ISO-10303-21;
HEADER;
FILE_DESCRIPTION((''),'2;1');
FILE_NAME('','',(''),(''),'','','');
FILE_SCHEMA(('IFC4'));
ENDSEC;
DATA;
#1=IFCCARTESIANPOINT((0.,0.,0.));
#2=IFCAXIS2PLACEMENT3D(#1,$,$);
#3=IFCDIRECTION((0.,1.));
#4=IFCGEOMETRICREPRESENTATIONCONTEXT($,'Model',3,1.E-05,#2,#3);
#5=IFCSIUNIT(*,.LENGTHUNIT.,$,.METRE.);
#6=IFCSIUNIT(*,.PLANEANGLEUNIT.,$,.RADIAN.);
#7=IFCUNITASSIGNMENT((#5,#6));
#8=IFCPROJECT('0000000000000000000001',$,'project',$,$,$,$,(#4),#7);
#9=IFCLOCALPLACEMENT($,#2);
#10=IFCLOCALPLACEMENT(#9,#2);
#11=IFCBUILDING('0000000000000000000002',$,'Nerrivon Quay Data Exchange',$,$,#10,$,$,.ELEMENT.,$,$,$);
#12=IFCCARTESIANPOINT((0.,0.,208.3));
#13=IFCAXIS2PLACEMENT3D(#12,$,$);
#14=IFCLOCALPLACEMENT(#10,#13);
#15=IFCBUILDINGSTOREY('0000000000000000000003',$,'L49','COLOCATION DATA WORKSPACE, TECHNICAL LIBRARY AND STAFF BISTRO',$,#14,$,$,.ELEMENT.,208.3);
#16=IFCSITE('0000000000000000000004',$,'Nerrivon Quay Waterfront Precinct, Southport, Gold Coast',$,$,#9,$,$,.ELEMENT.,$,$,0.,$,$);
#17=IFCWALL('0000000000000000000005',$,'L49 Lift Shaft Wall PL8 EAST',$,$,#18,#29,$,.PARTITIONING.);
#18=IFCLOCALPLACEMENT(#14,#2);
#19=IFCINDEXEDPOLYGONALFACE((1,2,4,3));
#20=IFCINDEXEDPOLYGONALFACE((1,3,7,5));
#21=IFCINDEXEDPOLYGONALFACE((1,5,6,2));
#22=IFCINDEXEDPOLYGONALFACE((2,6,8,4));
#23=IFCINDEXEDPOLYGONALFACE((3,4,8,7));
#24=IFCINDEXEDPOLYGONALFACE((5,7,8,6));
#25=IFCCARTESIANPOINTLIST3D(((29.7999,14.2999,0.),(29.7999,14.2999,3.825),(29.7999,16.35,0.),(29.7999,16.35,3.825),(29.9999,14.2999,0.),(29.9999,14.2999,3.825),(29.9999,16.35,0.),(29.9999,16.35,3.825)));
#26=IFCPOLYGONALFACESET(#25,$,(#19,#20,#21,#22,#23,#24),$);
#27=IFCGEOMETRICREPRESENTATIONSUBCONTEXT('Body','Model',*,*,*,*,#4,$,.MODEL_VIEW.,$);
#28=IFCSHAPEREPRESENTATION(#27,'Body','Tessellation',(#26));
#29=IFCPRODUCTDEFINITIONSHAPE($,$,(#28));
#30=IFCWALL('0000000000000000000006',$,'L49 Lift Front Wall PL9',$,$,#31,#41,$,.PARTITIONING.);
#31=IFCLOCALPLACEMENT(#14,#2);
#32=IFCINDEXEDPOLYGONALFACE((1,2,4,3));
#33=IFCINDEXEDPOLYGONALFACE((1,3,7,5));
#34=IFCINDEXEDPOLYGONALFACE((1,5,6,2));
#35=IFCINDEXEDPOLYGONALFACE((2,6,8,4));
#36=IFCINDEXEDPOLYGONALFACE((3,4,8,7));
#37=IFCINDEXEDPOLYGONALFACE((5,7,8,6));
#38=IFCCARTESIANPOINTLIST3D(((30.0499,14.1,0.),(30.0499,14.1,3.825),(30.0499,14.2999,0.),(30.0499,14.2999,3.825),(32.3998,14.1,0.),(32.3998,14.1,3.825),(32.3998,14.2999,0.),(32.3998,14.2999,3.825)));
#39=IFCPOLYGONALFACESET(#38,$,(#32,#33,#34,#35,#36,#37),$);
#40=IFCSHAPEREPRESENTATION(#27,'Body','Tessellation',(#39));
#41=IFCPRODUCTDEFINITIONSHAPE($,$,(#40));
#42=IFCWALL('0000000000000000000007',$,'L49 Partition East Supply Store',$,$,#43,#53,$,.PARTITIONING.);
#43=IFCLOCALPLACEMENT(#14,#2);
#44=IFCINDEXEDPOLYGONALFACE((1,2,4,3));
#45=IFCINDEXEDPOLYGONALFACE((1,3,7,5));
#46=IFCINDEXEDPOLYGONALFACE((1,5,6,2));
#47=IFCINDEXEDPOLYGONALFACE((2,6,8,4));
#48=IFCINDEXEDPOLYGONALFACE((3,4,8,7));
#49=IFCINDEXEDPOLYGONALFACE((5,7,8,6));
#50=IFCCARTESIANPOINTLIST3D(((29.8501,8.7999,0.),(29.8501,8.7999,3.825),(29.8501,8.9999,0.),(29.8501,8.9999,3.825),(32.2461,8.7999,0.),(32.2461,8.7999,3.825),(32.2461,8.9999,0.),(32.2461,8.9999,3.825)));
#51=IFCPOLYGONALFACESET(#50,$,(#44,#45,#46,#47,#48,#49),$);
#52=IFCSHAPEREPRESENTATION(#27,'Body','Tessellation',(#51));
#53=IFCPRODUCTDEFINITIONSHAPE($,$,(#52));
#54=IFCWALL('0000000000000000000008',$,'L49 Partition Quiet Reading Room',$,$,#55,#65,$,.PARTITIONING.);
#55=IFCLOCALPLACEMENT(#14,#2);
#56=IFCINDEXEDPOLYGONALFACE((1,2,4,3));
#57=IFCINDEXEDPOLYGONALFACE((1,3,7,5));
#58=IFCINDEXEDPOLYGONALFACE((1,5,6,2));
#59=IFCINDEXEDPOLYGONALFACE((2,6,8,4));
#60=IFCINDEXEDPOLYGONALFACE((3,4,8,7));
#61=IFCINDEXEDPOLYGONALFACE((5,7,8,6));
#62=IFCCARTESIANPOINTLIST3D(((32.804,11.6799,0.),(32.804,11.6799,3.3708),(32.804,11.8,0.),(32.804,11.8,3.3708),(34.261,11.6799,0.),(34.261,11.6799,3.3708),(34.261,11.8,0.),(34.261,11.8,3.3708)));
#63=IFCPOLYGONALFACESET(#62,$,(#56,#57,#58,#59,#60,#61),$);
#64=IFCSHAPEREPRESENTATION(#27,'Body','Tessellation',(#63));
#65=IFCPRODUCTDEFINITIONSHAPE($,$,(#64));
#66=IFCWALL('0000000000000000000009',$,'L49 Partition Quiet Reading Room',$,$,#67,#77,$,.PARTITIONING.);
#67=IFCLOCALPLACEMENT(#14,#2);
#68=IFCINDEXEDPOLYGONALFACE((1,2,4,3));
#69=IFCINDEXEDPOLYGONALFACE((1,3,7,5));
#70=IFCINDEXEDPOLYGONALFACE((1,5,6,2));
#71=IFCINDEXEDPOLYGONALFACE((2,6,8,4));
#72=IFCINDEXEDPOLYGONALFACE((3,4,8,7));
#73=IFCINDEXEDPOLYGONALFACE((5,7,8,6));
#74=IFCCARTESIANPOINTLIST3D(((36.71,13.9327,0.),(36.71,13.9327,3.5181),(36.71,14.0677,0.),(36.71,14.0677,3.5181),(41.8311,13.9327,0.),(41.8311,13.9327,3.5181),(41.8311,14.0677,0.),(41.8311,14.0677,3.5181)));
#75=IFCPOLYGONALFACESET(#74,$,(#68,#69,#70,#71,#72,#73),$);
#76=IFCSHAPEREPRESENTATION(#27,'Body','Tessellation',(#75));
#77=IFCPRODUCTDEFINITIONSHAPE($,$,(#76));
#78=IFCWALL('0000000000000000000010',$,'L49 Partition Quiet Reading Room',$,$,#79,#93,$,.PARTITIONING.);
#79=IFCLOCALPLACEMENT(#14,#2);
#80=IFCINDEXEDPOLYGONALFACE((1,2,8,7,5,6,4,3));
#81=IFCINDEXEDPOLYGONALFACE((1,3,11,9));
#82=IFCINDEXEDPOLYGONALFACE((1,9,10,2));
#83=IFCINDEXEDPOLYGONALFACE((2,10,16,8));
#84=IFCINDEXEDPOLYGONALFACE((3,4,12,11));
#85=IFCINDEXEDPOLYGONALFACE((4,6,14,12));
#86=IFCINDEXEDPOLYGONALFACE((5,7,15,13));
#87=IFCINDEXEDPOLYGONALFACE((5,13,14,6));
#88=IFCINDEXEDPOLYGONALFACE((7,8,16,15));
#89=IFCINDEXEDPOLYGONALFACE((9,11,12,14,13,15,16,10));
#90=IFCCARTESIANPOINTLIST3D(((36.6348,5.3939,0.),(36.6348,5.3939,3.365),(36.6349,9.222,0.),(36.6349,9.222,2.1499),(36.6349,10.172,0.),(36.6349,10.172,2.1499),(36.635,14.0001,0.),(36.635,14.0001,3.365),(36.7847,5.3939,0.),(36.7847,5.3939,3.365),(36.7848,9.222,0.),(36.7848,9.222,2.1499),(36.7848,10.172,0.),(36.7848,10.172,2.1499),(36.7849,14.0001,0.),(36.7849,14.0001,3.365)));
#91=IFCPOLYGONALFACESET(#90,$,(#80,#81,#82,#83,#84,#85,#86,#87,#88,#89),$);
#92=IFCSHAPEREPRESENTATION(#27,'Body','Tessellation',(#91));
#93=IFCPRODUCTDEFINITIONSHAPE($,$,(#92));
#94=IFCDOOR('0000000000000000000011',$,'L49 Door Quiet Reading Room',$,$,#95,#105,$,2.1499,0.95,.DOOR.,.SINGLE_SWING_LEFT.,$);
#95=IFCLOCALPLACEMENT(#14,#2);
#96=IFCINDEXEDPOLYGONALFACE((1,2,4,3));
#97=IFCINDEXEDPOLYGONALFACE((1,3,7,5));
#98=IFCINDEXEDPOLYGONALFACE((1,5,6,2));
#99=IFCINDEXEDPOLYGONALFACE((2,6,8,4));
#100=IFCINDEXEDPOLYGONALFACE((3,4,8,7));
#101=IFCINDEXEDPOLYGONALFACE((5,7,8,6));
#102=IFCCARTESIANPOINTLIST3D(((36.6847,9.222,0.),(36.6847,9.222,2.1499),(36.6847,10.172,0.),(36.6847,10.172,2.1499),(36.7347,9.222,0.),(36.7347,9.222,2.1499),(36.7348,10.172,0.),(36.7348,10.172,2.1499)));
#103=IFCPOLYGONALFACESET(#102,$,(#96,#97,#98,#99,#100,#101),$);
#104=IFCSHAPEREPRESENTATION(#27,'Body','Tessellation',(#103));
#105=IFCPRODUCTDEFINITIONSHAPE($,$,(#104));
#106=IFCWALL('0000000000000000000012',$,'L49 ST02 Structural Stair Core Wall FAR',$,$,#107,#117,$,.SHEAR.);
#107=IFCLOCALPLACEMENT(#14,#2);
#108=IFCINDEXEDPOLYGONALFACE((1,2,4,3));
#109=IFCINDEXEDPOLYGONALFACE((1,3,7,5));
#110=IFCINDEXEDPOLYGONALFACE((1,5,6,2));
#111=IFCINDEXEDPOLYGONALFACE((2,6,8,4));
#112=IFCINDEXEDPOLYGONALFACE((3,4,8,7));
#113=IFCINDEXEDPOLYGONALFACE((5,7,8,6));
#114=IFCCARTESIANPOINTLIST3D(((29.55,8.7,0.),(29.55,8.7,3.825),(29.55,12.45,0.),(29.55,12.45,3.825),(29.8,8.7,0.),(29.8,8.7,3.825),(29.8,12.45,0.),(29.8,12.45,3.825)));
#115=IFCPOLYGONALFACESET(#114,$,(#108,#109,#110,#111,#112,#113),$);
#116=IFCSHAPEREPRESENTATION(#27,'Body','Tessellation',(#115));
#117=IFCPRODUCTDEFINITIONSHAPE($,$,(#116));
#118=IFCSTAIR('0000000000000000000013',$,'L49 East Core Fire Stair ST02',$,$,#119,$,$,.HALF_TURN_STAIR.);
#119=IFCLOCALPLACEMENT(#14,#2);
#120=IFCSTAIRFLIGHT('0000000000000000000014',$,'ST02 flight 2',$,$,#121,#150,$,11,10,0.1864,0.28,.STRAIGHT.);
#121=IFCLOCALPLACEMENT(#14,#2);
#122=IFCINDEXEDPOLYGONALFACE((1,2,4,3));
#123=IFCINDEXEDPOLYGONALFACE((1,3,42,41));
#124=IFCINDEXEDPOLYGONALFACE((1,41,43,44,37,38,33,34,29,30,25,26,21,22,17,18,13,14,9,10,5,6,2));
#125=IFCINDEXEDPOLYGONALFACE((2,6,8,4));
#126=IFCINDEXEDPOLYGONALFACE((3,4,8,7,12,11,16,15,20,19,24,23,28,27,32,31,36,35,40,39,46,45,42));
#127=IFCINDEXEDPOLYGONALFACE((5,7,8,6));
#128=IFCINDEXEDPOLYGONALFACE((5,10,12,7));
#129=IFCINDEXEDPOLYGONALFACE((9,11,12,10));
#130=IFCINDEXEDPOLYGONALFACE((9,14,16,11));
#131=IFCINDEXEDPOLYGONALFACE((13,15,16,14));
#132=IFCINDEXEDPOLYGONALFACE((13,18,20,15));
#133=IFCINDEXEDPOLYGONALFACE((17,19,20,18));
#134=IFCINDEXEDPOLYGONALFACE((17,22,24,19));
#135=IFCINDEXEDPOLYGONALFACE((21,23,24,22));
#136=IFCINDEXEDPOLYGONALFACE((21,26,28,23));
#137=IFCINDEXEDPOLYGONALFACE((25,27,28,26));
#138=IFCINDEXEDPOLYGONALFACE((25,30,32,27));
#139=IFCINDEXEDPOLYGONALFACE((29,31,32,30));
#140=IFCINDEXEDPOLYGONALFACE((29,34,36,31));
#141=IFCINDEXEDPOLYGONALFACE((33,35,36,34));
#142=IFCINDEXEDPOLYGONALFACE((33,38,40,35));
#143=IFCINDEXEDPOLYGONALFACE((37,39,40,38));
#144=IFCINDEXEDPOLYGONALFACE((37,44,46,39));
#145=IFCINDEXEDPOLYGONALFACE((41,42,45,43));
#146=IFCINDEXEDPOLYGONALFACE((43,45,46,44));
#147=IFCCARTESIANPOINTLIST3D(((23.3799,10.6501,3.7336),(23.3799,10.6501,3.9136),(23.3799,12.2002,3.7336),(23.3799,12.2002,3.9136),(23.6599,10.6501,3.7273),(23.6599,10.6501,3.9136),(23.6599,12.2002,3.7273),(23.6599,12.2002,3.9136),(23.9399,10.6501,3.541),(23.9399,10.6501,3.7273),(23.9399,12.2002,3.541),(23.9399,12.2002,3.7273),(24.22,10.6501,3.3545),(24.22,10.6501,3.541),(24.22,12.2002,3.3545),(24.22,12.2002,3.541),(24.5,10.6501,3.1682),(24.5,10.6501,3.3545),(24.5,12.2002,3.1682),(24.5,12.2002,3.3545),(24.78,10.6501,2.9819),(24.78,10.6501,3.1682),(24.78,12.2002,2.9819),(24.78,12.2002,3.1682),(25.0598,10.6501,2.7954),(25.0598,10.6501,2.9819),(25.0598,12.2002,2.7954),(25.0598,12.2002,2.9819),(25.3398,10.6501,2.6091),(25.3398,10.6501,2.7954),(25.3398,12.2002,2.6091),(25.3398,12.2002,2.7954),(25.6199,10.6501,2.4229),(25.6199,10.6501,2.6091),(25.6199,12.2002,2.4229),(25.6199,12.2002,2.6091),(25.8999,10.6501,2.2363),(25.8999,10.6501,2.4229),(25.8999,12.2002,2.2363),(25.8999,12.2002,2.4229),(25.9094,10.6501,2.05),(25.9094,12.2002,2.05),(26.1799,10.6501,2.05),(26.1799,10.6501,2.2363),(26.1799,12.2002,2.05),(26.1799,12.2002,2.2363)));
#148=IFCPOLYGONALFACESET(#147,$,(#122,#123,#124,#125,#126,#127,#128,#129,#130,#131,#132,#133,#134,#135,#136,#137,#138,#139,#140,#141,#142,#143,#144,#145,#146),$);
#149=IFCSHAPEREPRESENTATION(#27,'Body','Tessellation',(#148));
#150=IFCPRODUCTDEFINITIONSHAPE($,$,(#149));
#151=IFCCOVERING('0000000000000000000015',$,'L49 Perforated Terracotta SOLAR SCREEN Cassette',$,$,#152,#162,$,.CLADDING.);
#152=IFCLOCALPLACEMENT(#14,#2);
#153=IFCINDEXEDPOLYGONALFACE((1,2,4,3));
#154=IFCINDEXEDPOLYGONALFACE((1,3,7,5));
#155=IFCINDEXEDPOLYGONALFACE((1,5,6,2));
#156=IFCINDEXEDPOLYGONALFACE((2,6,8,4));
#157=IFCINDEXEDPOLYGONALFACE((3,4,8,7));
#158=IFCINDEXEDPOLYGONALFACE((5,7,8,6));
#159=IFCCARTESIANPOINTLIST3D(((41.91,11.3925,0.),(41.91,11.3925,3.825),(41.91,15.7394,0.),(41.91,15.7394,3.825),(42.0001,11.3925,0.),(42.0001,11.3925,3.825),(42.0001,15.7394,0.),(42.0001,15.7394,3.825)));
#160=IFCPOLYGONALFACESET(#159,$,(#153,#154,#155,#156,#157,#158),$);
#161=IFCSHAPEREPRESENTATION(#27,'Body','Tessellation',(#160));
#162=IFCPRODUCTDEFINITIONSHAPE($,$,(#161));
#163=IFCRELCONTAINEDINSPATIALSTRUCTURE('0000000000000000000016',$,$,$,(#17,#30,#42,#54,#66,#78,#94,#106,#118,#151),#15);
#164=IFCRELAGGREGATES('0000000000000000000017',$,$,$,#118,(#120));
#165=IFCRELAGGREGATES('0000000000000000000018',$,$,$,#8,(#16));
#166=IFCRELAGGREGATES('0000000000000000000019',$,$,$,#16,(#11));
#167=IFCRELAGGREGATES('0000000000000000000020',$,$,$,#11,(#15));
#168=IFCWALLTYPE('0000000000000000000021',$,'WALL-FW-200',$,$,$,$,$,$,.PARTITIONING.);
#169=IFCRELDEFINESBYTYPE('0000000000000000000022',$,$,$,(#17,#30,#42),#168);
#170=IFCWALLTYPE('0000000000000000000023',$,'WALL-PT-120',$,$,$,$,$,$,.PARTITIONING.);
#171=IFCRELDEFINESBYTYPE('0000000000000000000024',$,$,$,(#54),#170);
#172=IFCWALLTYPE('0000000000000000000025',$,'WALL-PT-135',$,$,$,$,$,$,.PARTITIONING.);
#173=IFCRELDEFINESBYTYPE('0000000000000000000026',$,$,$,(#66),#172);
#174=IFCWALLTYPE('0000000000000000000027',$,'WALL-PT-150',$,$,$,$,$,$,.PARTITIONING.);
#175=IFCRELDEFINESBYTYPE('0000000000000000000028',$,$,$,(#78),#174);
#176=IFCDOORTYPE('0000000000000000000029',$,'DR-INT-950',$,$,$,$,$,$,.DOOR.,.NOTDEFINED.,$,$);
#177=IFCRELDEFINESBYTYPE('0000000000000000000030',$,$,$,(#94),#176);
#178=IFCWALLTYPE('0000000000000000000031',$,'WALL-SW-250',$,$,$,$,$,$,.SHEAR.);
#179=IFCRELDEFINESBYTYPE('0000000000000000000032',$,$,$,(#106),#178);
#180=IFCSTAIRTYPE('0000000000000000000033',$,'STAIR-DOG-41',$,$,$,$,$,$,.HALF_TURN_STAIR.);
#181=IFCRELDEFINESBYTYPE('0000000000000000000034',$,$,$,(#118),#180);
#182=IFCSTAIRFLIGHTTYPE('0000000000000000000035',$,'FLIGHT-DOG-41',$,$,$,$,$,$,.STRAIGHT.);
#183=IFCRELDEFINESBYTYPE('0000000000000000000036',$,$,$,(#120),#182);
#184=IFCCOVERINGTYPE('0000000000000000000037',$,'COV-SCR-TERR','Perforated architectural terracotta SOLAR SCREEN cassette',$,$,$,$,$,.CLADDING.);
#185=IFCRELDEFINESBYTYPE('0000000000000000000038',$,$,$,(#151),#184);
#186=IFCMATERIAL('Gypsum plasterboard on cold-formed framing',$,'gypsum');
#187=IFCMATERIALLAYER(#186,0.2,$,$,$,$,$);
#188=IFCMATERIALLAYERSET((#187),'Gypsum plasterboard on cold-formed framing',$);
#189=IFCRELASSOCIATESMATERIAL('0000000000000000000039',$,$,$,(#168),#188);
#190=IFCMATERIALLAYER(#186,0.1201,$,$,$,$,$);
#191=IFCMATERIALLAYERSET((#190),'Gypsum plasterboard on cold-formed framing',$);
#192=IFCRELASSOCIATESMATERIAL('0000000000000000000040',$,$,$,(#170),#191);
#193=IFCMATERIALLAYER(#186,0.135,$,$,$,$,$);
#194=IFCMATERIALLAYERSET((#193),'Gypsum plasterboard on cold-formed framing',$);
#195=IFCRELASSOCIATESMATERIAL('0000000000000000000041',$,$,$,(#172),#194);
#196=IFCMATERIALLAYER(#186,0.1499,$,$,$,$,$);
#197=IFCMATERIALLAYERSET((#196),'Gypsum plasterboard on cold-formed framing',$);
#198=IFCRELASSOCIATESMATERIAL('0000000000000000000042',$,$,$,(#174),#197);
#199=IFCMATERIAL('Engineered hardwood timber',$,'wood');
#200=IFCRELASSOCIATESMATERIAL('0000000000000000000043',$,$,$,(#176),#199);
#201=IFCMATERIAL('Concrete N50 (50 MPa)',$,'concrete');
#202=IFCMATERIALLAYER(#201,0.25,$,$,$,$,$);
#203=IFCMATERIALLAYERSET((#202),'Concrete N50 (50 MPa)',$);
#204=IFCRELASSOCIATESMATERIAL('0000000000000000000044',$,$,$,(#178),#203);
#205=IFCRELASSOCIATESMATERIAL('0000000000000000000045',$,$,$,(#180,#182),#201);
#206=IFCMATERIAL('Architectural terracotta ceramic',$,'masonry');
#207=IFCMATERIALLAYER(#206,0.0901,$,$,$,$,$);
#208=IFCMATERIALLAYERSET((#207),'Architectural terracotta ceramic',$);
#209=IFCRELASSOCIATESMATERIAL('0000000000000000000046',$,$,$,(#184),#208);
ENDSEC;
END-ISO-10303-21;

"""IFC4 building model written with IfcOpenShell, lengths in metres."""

from ifc_helpers import new_model, si_unit, direction, frame, frame_2d, origin, origin_2d, place, context, subcontext, project, spatial, polyline, rectangle, outline, extrude, material, layer, layer_set, type_object, element, fill, aggregate, save


model = new_model("IFC4")

# Units and contexts
model_context = context("Model", 3, precision=1e-05, world=origin(), true_north=direction((0.0, 1.0)))
body_context = subcontext(model_context, "Body", "Model", "MODEL_VIEW")
ifc_project = project(units=[si_unit("LENGTHUNIT", "METRE"), si_unit("PLANEANGLEUNIT", "RADIAN")], contexts=[model_context])

# Site, building, storey
site_placement = place(None, origin())
site = spatial("IfcSite", under=ifc_project, at=site_placement, Name="Nerrivon Quay Waterfront Precinct, Southport, Gold Coast", CompositionType="ELEMENT", RefElevation=0.0)
building_placement = place(site_placement, origin())
building = spatial("IfcBuilding", under=site, at=building_placement, Name="Nerrivon Quay Data Exchange", CompositionType="ELEMENT")
storey_placement = place(building_placement, frame((0.0, 0.0, 208.3)))
storey = spatial("IfcBuildingStorey", under=building, at=storey_placement, Name="L49", Description="COLOCATION DATA WORKSPACE, TECHNICAL LIBRARY AND STAFF BISTRO", CompositionType="ELEMENT", Elevation=208.3)

# Walls
ifc_material_1 = material(Name="Gypsum plasterboard on cold-formed framing", Category="gypsum")
ifc_layer_1 = layer(ifc_material_1, 0.2)
ifc_layer_set_1 = layer_set([ifc_layer_1], Name="Gypsum plasterboard on cold-formed framing")
wall_type_1 = type_object("IfcWallType", Name="WALL-FW-200", PredefinedType="PARTITIONING", material=ifc_layer_set_1)
wall_1_placement = place(storey_placement, frame((29.8999, 14.3, 0.0), z_axis=(0.0, 0.0, 1.0), x_axis=(0.0, 1.0, 0.0)))
element("IfcWall", 1, at=wall_1_placement, inside=storey, type_object=wall_type_1, Name="L49 Lift Shaft Wall PL8 EAST", PredefinedType="PARTITIONING", context=body_context, shape_type="SweptSolid", body=[
    extrude(rectangle(XDim=2.05, YDim=0.2, at=frame_2d((1.0249, 0.0))), origin(), (0.0, 0.0, 1.0), 3.825),
])
wall_2_placement = place(storey_placement, frame((30.05, 14.2, 0.0), z_axis=(0.0, 0.0, 1.0), x_axis=(1.0, 0.0, 0.0)))
element("IfcWall", 2, at=wall_2_placement, inside=storey, type_object=wall_type_1, Name="L49 Lift Front Wall PL9", PredefinedType="PARTITIONING", context=body_context, shape_type="SweptSolid", body=[
    extrude(rectangle(XDim=2.3499, YDim=0.2, at=frame_2d((1.1748, 0.0))), origin(), (0.0, 0.0, 1.0), 3.825),
])

# Shared definitions
ifc_material_2 = material(Name="Engineered hardwood timber", Category="wood")

# Walls
wall_3_placement = place(storey_placement, frame((29.8501, 8.8999, 0.0), z_axis=(0.0, 0.0, 1.0), x_axis=(1.0, 0.0, 0.0)))
element("IfcWall", 3, at=wall_3_placement, inside=storey, type_object=wall_type_1, Name="L49 Partition East Supply Store", PredefinedType="PARTITIONING", context=body_context, shape_type="SweptSolid", body=[
    extrude(rectangle(XDim=2.396, YDim=0.2, at=frame_2d((1.198, 0.0))), origin(), (0.0, 0.0, 1.0), 3.825),
])
ifc_layer_2 = layer(ifc_material_1, 0.1201)
ifc_layer_set_2 = layer_set([ifc_layer_2], Name="Gypsum plasterboard on cold-formed framing")
wall_type_2 = type_object("IfcWallType", Name="WALL-PT-120", PredefinedType="PARTITIONING", material=ifc_layer_set_2)
wall_4_placement = place(storey_placement, frame((34.261, 11.74, 0.0), z_axis=(0.0, 0.0, 1.0), x_axis=(-1.0, 0.0, 0.0)))
element("IfcWall", 4, at=wall_4_placement, inside=storey, type_object=wall_type_2, Name="L49 Partition Quiet Reading Room", PredefinedType="PARTITIONING", context=body_context, shape_type="SweptSolid", body=[
    extrude(rectangle(XDim=1.457, YDim=0.1201, at=frame_2d((0.7285, 0.0))), origin(), (0.0, 0.0, 1.0), 3.3708),
])
ifc_layer_3 = layer(ifc_material_1, 0.135)
ifc_layer_set_3 = layer_set([ifc_layer_3], Name="Gypsum plasterboard on cold-formed framing")
wall_type_3 = type_object("IfcWallType", Name="WALL-PT-135", PredefinedType="PARTITIONING", material=ifc_layer_set_3)
wall_5_placement = place(storey_placement, frame((41.8311, 14.0002, 0.0), z_axis=(0.0, 0.0, 1.0), x_axis=(-1.0, 0.0, 0.0)))
element("IfcWall", 5, at=wall_5_placement, inside=storey, type_object=wall_type_3, Name="L49 Partition Quiet Reading Room", PredefinedType="PARTITIONING", context=body_context, shape_type="SweptSolid", body=[
    extrude(rectangle(XDim=5.1211, YDim=0.135, at=frame_2d((2.5605, 0.0))), origin(), (0.0, 0.0, 1.0), 3.5181),
])

# Wall, opening, door
ifc_layer_4 = layer(ifc_material_1, 0.1499)
ifc_layer_set_4 = layer_set([ifc_layer_4], Name="Gypsum plasterboard on cold-formed framing")
wall_type_4 = type_object("IfcWallType", Name="WALL-PT-150", PredefinedType="PARTITIONING", material=ifc_layer_set_4)
wall_6_placement = place(storey_placement, frame((36.71, 14.0002, 0.0), z_axis=(0.0, 0.0, 1.0), x_axis=(-0.000028, -1.0, 0.0)))
wall_6 = element("IfcWall", 6, at=wall_6_placement, inside=storey, type_object=wall_type_4, Name="L49 Partition Quiet Reading Room", PredefinedType="PARTITIONING", context=body_context, shape_type="SweptSolid", body=[
    extrude(rectangle(XDim=8.6062, YDim=0.1499, at=frame_2d((4.3032, 0.0))), origin(), (0.0, 0.0, 1.0), 3.365),
])
opening_1_placement = place(wall_6_placement, frame((3.8281, 0.0, 0.0)))
opening_1 = element("IfcOpeningElement", 7, at=opening_1_placement, cuts=wall_6, PredefinedType="OPENING", context=body_context, shape_type="SweptSolid", body=[
    extrude(rectangle(XDim=0.95, YDim=2.1499, at=frame_2d((0.4751, 1.075))), frame((0.0, 0.085, 0.0), z_axis=(0.0, -1.0, 0.0), x_axis=(1.0, 0.0, 0.0)), (0.0, 0.0, 1.0), 0.1699),
])
door_type_1 = type_object("IfcDoorType", Name="DR-INT-950", OperationType="NOTDEFINED", PredefinedType="DOOR", material=ifc_material_2)
door_1_placement = place(opening_1_placement, origin())
door_1 = element("IfcDoor", 8, at=door_1_placement, inside=storey, type_object=door_type_1, Name="L49 Door Quiet Reading Room", OperationType="SINGLE_SWING_LEFT", OverallHeight=2.1499, OverallWidth=0.95, PredefinedType="DOOR", context=body_context, shape_type="SweptSolid", body=[
    extrude(rectangle(XDim=0.95, YDim=2.1499, at=frame_2d((0.4751, 1.075))), frame((0.0, 0.0249, 0.0), z_axis=(0.0, -1.0, 0.0), x_axis=(1.0, 0.0, 0.0)), (0.0, 0.0, 1.0), 0.05),
])
fill(opening_1, door_1)

# Wall
ifc_material_3 = material(Name="Concrete N50 (50 MPa)", Category="concrete")
ifc_layer_5 = layer(ifc_material_3, 0.25)
ifc_layer_set_5 = layer_set([ifc_layer_5], Name="Concrete N50 (50 MPa)")
wall_type_5 = type_object("IfcWallType", Name="WALL-SW-250", PredefinedType="SHEAR", material=ifc_layer_set_5)
wall_7_placement = place(storey_placement, frame((29.675, 8.7, 0.0), z_axis=(0.0, 0.0, 1.0), x_axis=(0.0, 1.0, 0.0)))
element("IfcWall", 9, at=wall_7_placement, inside=storey, type_object=wall_type_5, Name="L49 ST02 Structural Stair Core Wall FAR", PredefinedType="SHEAR", context=body_context, shape_type="SweptSolid", body=[
    extrude(rectangle(XDim=3.75, YDim=0.25, at=frame_2d((1.875, 0.0))), origin(), (0.0, 0.0, 1.0), 3.825),
])

# Stair, stair flight
stair_type = type_object("IfcStairType", Name="STAIR-DOG-41", PredefinedType="HALF_TURN_STAIR", material=ifc_material_3)
stair_placement = place(storey_placement, origin())
stair = element("IfcStair", 10, at=stair_placement, inside=storey, type_object=stair_type, Name="L49 East Core Fire Stair ST02", PredefinedType="HALF_TURN_STAIR")
stair_flight_type = type_object("IfcStairFlightType", Name="FLIGHT-DOG-41", PredefinedType="STRAIGHT", material=ifc_material_3)
stair_flight_placement = place(storey_placement, frame((26.1799, 11.425, 2.05), z_axis=(0.0, 0.0, 1.0), x_axis=(-1.0, 0.0, 0.0)))
stair_flight = element("IfcStairFlight", 11, at=stair_flight_placement, type_object=stair_flight_type, Name="ST02 flight 2", NumberOfRisers=11, NumberOfTreads=10, PredefinedType="STRAIGHT", RiserHeight=0.1864, TreadLength=0.28, context=body_context, shape_type="SweptSolid", body=[
    extrude(outline(polyline([(0.0, 0.0), (0.0, 0.1863), (0.28, 0.1863), (0.28, 0.3728), (0.5601, 0.3728), (0.5601, 0.5591), (0.8401, 0.5591), (0.8401, 0.7454), (1.1201, 0.7454), (1.1201, 0.9319), (1.3999, 0.9319), (1.3999, 1.1182), (1.6799, 1.1182), (1.6799, 1.3044), (1.96, 1.3044), (1.96, 1.491), (2.24, 1.491), (2.24, 1.6772), (2.52, 1.6772), (2.52, 1.8635), (2.8, 1.8635), (2.8, 2.05), (2.8, 1.6836), (0.2705, 0.0), (0.0, 0.0)])), frame((0.0, 0.7749, 0.0), z_axis=(0.0, -1.0, 0.0), x_axis=(1.0, 0.0, 0.0)), (0.0, 0.0, 1.0), 1.55),
])
aggregate(stair, [stair_flight])

# Covering
ifc_material_4 = material(Name="Architectural terracotta ceramic", Category="masonry")
ifc_layer_6 = layer(ifc_material_4, 0.0901)
ifc_layer_set_6 = layer_set([ifc_layer_6], Name="Architectural terracotta ceramic")
covering_type = type_object("IfcCoveringType", Name="COV-SCR-TERR", Description="Perforated architectural terracotta SOLAR SCREEN cassette", PredefinedType="CLADDING", material=ifc_layer_set_6)
covering_placement = place(storey_placement, frame((41.9551, 13.5659, 0.0), z_axis=(0.0, 0.0, 1.0), x_axis=(0.0, -1.0, 0.0)))
element("IfcCovering", 12, at=covering_placement, inside=storey, type_object=covering_type, Name="L49 Perforated Terracotta SOLAR SCREEN Cassette", PredefinedType="CLADDING", context=body_context, shape_type="SweptSolid", body=[
    extrude(rectangle(XDim=4.3469, YDim=0.0901, at=origin_2d()), origin(), (0.0, 0.0, 1.0), 3.825),
])

save(model, "model.ifc")
